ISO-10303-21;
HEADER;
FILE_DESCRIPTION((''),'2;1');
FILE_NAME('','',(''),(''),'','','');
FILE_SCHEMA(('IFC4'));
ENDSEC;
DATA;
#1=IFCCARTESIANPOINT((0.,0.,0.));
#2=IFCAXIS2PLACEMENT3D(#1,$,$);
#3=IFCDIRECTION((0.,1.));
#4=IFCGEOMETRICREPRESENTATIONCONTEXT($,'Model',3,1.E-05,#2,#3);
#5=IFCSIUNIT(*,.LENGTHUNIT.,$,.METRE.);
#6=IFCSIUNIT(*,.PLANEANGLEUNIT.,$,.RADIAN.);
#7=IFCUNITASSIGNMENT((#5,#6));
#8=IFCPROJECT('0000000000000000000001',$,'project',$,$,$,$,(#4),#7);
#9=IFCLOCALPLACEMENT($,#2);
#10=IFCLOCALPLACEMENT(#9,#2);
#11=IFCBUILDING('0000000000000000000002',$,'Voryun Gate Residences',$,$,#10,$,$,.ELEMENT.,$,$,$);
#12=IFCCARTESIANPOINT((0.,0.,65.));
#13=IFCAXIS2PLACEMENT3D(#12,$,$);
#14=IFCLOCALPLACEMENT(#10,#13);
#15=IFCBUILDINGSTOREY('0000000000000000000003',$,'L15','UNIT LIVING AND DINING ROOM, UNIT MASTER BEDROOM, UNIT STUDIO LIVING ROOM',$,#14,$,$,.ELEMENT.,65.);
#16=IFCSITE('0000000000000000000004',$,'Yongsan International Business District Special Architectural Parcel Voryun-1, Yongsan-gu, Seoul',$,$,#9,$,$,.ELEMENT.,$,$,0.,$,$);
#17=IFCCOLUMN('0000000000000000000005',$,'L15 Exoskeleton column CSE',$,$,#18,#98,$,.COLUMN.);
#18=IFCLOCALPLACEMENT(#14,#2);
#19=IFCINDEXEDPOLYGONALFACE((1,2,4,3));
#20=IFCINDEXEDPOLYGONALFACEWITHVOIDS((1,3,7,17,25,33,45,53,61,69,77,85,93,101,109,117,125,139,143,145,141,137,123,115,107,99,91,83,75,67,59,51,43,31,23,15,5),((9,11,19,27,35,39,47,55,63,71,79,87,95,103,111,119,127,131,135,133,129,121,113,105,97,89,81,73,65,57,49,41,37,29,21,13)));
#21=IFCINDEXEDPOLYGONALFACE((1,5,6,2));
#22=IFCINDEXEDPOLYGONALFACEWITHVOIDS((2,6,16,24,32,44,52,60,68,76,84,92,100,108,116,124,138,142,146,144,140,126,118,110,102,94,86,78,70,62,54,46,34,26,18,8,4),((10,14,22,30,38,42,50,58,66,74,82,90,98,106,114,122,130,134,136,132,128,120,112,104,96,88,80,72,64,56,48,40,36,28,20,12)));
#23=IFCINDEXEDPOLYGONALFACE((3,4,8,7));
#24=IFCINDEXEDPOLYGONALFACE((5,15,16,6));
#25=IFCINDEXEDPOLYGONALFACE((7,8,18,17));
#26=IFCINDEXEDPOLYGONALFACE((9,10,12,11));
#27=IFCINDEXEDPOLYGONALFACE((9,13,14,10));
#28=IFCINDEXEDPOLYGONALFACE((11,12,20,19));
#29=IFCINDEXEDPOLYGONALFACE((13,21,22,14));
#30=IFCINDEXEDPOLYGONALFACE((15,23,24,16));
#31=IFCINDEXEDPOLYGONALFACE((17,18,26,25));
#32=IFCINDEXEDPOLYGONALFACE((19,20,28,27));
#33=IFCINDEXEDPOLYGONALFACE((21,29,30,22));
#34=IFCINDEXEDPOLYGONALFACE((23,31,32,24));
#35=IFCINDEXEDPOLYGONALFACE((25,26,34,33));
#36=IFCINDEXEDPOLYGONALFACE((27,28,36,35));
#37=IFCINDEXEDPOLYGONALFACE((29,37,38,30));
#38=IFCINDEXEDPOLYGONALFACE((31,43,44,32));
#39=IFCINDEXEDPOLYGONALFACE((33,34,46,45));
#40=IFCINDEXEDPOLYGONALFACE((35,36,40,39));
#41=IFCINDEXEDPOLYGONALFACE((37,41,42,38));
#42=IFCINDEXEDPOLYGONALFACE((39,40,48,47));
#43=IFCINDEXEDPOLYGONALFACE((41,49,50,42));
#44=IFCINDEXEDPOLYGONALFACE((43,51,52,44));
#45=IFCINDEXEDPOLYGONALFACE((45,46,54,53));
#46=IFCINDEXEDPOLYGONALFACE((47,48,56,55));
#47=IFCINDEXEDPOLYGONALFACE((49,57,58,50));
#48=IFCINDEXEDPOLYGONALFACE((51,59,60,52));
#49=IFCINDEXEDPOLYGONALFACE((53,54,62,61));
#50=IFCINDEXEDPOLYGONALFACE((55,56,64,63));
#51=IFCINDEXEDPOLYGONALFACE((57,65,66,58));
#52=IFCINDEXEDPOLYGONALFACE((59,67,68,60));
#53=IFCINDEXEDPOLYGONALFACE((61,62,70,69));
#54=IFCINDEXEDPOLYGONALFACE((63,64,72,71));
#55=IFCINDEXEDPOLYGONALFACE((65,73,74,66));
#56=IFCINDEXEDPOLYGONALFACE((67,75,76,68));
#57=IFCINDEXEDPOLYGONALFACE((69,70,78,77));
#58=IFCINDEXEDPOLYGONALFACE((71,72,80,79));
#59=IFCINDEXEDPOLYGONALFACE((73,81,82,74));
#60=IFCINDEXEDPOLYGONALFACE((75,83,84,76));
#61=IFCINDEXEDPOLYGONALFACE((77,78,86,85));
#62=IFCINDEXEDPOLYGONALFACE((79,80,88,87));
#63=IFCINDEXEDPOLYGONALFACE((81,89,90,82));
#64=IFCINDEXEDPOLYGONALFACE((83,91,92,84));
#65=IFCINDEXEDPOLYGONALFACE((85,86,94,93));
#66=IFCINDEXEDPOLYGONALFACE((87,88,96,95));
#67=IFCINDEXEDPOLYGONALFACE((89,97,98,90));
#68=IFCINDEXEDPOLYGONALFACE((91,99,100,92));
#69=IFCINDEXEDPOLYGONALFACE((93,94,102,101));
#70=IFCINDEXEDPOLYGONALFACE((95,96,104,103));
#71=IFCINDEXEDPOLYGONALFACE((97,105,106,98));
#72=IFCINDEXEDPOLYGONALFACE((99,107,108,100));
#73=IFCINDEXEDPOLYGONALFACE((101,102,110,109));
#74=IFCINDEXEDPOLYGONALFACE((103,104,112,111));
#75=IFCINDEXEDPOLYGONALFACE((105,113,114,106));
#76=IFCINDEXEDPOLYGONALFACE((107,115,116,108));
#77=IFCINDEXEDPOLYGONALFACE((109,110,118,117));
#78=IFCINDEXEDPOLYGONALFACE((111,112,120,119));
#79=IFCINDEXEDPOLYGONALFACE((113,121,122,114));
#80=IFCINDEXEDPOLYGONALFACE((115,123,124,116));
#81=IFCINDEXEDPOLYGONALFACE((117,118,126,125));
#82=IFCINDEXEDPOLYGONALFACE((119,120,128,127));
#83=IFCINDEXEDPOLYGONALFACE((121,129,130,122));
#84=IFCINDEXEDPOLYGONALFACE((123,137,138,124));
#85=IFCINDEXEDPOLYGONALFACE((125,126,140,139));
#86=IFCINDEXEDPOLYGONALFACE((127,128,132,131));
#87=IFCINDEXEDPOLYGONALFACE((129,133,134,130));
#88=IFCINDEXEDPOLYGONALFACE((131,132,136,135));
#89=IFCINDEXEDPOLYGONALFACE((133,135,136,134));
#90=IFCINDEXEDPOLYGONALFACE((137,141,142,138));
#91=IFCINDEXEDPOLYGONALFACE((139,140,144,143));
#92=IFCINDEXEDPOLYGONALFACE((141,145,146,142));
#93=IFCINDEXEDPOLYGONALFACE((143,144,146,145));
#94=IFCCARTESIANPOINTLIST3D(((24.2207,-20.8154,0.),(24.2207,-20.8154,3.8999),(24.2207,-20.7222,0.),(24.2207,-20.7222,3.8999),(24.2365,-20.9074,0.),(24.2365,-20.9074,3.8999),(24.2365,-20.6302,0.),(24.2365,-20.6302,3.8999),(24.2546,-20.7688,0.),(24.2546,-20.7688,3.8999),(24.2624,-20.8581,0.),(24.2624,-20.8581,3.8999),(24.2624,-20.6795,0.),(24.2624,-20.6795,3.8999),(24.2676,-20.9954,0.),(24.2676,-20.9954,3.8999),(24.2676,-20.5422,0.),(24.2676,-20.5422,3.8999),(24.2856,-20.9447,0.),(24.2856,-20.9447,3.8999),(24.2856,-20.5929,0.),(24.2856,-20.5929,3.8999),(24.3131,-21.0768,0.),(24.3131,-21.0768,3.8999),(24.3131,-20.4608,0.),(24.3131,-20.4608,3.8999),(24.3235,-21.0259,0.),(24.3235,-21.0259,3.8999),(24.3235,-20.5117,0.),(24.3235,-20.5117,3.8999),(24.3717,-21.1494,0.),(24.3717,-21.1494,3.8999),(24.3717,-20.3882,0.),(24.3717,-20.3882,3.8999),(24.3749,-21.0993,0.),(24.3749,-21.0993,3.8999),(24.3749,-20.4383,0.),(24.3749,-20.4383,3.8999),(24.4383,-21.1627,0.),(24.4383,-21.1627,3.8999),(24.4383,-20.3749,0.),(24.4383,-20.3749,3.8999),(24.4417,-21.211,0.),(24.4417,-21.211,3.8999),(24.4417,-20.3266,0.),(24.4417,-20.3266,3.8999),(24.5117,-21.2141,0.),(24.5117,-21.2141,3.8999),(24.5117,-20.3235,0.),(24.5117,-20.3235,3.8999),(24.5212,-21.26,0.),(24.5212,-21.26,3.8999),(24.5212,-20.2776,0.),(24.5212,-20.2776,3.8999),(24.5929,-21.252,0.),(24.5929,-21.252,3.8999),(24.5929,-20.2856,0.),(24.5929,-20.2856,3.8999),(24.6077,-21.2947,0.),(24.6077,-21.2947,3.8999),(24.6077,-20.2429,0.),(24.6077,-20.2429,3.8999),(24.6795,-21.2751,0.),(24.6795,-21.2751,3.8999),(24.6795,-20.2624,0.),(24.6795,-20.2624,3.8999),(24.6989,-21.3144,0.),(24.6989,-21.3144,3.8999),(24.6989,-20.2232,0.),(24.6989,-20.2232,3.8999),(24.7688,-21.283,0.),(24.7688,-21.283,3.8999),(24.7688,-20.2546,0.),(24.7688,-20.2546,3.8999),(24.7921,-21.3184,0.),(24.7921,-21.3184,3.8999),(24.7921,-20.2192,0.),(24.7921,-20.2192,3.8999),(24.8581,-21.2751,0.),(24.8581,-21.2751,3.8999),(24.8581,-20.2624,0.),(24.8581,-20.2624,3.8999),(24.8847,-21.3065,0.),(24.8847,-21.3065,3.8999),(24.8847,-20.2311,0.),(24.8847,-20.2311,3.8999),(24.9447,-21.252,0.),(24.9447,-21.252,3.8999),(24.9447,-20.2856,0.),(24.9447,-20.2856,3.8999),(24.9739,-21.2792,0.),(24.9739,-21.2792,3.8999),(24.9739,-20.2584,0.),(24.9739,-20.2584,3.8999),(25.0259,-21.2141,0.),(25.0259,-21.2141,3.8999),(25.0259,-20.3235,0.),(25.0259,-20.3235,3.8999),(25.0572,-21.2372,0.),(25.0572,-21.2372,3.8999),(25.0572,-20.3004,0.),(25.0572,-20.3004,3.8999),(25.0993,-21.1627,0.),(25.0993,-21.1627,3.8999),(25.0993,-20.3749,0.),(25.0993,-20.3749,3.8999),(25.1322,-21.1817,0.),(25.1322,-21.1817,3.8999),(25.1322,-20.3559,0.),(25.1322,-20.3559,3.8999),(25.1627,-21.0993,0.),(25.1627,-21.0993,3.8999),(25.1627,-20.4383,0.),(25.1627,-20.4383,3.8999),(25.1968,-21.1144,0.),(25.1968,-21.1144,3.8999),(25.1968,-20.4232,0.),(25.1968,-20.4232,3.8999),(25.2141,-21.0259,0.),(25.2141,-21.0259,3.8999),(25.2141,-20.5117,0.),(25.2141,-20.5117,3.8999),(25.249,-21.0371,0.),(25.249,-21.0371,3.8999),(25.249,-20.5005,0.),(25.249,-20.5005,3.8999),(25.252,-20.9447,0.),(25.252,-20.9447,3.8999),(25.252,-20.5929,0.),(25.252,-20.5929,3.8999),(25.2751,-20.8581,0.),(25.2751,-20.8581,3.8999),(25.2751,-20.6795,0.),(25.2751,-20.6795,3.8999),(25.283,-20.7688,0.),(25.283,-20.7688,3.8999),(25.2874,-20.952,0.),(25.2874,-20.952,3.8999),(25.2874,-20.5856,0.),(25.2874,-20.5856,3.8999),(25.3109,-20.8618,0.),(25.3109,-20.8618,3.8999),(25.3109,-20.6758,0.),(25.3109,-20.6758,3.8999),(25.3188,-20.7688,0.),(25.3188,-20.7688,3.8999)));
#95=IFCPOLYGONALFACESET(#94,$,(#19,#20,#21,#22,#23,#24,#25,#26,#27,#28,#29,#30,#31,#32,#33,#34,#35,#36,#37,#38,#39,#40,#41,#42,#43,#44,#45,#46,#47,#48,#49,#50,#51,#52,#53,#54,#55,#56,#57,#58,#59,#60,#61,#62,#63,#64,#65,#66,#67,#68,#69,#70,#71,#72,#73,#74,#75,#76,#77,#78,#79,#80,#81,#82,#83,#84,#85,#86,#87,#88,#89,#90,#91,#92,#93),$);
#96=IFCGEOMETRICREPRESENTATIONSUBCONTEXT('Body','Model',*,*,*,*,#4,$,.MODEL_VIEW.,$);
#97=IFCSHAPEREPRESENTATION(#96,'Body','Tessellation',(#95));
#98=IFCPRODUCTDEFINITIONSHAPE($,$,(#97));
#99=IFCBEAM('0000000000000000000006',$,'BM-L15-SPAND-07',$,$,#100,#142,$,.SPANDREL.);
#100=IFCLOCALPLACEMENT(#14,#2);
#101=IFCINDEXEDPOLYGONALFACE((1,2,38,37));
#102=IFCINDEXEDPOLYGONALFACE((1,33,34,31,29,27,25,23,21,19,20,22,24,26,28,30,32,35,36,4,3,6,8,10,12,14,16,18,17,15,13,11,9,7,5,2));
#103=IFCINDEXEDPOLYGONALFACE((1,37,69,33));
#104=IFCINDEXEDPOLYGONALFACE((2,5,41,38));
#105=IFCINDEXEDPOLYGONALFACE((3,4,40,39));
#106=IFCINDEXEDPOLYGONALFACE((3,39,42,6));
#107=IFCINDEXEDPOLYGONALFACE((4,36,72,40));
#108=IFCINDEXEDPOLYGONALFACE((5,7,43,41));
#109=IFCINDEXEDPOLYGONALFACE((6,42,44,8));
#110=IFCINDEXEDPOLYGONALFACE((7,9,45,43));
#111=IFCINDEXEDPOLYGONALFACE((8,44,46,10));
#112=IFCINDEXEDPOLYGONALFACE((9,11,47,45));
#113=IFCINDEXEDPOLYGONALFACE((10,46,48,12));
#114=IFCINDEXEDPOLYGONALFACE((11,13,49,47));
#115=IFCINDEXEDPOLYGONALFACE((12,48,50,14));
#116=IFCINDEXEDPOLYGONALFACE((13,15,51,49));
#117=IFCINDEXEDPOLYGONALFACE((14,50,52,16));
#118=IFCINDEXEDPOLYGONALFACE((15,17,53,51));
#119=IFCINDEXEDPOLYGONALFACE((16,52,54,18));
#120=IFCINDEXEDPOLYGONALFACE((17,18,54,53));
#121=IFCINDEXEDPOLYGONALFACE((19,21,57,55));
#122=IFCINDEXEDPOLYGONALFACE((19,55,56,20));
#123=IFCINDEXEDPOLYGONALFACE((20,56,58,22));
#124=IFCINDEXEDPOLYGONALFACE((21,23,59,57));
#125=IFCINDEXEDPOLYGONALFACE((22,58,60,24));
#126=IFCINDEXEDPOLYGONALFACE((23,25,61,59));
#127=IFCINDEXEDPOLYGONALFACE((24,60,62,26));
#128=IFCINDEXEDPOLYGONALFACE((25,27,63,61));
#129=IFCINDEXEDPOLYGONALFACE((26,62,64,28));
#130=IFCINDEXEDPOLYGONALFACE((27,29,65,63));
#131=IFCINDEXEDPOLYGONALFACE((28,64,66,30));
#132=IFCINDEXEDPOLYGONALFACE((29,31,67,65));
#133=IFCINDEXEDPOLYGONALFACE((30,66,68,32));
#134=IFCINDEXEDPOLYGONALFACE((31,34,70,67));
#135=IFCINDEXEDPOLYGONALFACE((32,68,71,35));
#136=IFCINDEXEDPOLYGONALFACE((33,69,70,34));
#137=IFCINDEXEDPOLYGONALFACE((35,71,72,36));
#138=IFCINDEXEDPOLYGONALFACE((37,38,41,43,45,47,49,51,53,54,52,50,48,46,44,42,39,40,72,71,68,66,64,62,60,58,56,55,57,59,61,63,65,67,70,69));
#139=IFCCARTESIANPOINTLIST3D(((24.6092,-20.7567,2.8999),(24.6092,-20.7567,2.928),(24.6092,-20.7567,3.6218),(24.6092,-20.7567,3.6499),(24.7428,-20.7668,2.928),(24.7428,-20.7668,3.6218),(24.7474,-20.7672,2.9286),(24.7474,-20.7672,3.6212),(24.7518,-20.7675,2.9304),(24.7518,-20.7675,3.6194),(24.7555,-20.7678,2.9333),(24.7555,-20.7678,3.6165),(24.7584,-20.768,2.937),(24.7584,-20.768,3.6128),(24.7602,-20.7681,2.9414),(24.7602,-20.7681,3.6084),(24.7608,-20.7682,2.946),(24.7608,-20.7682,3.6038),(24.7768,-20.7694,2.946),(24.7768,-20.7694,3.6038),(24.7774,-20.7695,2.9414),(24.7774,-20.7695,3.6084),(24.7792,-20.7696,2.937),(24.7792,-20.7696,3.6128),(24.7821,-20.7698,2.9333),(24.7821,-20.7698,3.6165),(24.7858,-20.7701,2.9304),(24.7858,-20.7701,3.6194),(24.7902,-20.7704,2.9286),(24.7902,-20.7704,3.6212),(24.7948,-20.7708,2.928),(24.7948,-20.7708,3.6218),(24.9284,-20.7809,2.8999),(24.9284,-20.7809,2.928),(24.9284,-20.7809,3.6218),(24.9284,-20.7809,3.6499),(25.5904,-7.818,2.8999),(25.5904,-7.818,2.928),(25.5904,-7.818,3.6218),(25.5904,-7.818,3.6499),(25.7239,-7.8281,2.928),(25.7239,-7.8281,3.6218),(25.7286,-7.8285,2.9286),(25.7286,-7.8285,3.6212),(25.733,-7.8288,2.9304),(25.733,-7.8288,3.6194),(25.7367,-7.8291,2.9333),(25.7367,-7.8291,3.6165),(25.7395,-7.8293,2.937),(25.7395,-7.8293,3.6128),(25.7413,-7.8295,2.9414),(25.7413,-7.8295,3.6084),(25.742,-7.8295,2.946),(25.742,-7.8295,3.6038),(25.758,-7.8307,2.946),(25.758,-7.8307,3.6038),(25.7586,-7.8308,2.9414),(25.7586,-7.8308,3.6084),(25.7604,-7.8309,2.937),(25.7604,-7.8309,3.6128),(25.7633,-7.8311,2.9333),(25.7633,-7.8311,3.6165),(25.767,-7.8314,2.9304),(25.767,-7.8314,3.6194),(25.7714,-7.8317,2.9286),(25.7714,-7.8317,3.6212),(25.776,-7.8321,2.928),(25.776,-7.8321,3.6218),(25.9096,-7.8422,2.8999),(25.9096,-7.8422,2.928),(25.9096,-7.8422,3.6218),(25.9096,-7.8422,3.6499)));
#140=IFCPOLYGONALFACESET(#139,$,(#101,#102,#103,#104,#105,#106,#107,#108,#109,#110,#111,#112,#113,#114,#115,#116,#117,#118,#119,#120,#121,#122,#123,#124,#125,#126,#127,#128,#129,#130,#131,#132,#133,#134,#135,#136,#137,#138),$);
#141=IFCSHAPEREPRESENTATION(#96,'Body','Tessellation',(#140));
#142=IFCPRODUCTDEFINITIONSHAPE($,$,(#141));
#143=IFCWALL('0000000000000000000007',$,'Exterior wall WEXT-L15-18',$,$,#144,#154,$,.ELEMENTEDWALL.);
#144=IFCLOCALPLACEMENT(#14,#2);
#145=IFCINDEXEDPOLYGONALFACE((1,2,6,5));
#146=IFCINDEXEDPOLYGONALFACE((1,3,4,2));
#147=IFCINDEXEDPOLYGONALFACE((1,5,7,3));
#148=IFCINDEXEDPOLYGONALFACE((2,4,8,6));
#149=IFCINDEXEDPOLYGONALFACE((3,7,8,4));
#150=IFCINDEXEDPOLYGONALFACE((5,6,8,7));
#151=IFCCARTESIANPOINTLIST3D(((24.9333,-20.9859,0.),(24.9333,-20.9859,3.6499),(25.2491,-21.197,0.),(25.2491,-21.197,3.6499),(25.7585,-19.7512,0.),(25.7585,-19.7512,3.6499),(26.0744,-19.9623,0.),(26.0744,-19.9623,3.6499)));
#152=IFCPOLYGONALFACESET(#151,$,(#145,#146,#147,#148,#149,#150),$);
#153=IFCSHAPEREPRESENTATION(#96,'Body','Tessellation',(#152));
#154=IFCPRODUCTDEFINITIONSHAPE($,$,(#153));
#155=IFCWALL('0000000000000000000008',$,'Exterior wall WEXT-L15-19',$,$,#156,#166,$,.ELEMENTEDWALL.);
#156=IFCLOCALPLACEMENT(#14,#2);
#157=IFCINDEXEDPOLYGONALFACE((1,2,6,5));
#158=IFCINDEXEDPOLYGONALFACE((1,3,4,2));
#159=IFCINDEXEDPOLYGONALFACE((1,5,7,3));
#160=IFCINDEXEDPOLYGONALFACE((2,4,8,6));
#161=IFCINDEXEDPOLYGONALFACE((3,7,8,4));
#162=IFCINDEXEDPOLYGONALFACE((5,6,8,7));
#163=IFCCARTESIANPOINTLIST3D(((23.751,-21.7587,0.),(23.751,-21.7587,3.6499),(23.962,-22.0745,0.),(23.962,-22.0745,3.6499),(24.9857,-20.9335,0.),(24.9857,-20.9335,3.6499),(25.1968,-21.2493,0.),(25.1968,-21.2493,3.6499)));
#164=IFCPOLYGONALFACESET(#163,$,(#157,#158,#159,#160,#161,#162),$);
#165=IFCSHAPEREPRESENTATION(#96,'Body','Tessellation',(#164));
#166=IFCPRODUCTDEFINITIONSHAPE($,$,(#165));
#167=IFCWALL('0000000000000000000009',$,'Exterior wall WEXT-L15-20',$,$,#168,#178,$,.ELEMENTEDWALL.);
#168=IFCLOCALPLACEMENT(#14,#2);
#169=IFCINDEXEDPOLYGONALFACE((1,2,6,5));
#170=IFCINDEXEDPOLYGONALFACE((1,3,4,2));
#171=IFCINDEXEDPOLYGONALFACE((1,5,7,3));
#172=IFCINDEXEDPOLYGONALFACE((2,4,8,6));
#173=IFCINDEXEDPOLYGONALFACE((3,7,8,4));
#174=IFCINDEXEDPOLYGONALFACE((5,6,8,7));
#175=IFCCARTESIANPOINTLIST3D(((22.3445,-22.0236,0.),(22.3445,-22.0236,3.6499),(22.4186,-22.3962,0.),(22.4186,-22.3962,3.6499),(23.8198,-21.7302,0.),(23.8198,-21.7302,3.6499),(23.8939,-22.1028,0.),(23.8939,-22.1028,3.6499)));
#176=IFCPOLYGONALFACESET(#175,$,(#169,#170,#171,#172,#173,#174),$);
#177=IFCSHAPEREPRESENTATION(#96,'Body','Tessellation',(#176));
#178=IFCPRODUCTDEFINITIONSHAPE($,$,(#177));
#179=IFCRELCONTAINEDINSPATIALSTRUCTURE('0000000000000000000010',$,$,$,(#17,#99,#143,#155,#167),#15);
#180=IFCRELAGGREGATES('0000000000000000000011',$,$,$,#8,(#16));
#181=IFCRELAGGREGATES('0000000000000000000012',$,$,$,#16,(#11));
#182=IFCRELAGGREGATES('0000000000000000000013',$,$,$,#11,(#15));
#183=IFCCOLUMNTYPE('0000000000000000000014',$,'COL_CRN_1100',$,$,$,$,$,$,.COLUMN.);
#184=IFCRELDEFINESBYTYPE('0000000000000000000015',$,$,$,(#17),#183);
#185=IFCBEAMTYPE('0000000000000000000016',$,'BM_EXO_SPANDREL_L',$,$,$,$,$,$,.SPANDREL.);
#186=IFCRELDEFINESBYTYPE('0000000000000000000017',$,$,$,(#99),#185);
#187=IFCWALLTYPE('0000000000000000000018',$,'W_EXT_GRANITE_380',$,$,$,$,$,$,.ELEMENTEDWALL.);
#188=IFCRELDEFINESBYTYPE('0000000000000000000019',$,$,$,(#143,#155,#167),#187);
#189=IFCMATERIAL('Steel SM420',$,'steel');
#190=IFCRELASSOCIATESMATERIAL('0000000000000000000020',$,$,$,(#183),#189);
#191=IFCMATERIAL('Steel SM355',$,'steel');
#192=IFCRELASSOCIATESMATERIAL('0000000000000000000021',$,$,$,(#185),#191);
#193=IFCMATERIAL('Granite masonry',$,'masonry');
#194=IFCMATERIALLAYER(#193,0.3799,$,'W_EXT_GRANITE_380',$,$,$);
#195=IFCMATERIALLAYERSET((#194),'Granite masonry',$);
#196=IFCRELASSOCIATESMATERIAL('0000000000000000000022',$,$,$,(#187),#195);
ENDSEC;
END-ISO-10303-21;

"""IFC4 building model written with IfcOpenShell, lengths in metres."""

from ifc_helpers import new_model, si_unit, direction, frame, frame_2d, origin, origin_2d, place, context, subcontext, project, spatial, rectangle, hollow_circle, i_section, extrude, material, layer, layer_set, material_profile, profile_set, type_object, element, save


model = new_model("IFC4")

# Units and contexts
model_context = context("Model", 3, precision=1e-05, world=origin(), true_north=direction((0.0, 1.0)))
body_context = subcontext(model_context, "Body", "Model", "MODEL_VIEW")
ifc_project = project(units=[si_unit("LENGTHUNIT", "METRE"), si_unit("PLANEANGLEUNIT", "RADIAN")], contexts=[model_context])

# Site, building, storey
site_placement = place(None, origin())
site = spatial("IfcSite", under=ifc_project, at=site_placement, Name="Yongsan International Business District Special Architectural Parcel Voryun-1, Yongsan-gu, Seoul", CompositionType="ELEMENT", RefElevation=0.0)
building_placement = place(site_placement, origin())
building = spatial("IfcBuilding", under=site, at=building_placement, Name="Voryun Gate Residences", CompositionType="ELEMENT")
storey_placement = place(building_placement, frame((0.0, 0.0, 65.0)))
storey = spatial("IfcBuildingStorey", under=building, at=storey_placement, Name="L15", Description="UNIT LIVING AND DINING ROOM, UNIT MASTER BEDROOM, UNIT STUDIO LIVING ROOM", CompositionType="ELEMENT", Elevation=65.0)

# Column
ifc_material_1 = material(Name="Steel SM420", Category="steel")
ifc_material_profile_1 = material_profile(ifc_material_1, hollow_circle(Radius=0.55, WallThickness=0.0359, at=origin_2d()), Name="CHS-1100x36")
ifc_profile_set_1 = profile_set([ifc_material_profile_1], Name="Steel SM420")
column_type = type_object("IfcColumnType", Name="COL_CRN_1100", PredefinedType="COLUMN", material=ifc_profile_set_1)
column_placement = place(storey_placement, frame((24.7688, -20.7688, 0.0), z_axis=(0.0, 0.0, 1.0), x_axis=(1.0, 0.0, 0.0)))
element("IfcColumn", 1, at=column_placement, inside=storey, type_object=column_type, Name="L15 Exoskeleton column CSE", PredefinedType="COLUMN", context=body_context, shape_type="SweptSolid", body=[
    extrude(hollow_circle(Radius=0.55, WallThickness=0.0359, at=origin_2d()), origin(), (0.0, 0.0, 1.0), 3.8999),
])

# Beam
ifc_material_2 = material(Name="Steel SM355", Category="steel")
ifc_material_profile_2 = material_profile(ifc_material_2, i_section(OverallWidth=0.3201, OverallDepth=0.75, WebThickness=0.0161, FlangeThickness=0.0281, FilletRadius=0.0181, at=origin_2d()), Name="H-750x320x16x28")
ifc_profile_set_2 = profile_set([ifc_material_profile_2], Name="Steel SM355")
beam_type = type_object("IfcBeamType", Name="BM_EXO_SPANDREL_L", PredefinedType="SPANDREL", material=ifc_profile_set_2)
beam_placement = place(storey_placement, frame((24.7688, -20.7688, 3.2749), z_axis=(0.075617, 0.997137, 0.0), x_axis=(-0.997137, 0.075617, 0.0)))
element("IfcBeam", 2, at=beam_placement, inside=storey, type_object=beam_type, Name="BM-L15-SPAND-07", PredefinedType="SPANDREL", context=body_context, shape_type="SweptSolid", body=[
    extrude(i_section(OverallWidth=0.3201, OverallDepth=0.75, WebThickness=0.0161, FlangeThickness=0.0281, FilletRadius=0.0181, at=origin_2d()), origin(), (0.0, 0.0, 1.0), 12.9758),
])

# Walls
ifc_material_3 = material(Name="Granite masonry", Category="masonry")
ifc_layer = layer(ifc_material_3, 0.3799, Name="W_EXT_GRANITE_380")
ifc_layer_set = layer_set([ifc_layer], Name="Granite masonry")
wall_type = type_object("IfcWallType", Name="W_EXT_GRANITE_380", PredefinedType="ELEMENTEDWALL", material=ifc_layer_set)
for number, where, z_axis, x_axis, name in (
    (3, (25.9165, -19.8567, 0.0), (0.0, 0.0, 1.0), (-0.555686, -0.831392, 0.0), "Exterior wall WEXT-L15-18"),
    (4, (25.0913, -21.0913, 0.0), (0.0, 0.0, 1.0), (-0.831392, -0.555686, 0.0), "Exterior wall WEXT-L15-19"),
):
    element("IfcWall", number, at=place(storey_placement, frame(where, z_axis=z_axis, x_axis=x_axis)), inside=storey, type_object=wall_type, Name=name, PredefinedType="ELEMENTEDWALL", context=body_context, shape_type="SweptSolid", body=[
        extrude(rectangle(XDim=1.4851, YDim=0.3799, at=frame_2d((0.7427, 0.0))), origin(), (0.0, 0.0, 1.0), 3.6499),
    ])
wall_placement = place(storey_placement, frame((23.8567, -21.9165, 0.0), z_axis=(0.0, 0.0, 1.0), x_axis=(-0.980786, -0.195086, 0.0)))
element("IfcWall", 5, at=wall_placement, inside=storey, type_object=wall_type, Name="Exterior wall WEXT-L15-20", PredefinedType="ELEMENTEDWALL", context=body_context, shape_type="SweptSolid", body=[
    extrude(rectangle(XDim=1.5042, YDim=0.3799, at=frame_2d((0.752, 0.0))), origin(), (0.0, 0.0, 1.0), 3.6499),
])

save(model, "model.ifc")
